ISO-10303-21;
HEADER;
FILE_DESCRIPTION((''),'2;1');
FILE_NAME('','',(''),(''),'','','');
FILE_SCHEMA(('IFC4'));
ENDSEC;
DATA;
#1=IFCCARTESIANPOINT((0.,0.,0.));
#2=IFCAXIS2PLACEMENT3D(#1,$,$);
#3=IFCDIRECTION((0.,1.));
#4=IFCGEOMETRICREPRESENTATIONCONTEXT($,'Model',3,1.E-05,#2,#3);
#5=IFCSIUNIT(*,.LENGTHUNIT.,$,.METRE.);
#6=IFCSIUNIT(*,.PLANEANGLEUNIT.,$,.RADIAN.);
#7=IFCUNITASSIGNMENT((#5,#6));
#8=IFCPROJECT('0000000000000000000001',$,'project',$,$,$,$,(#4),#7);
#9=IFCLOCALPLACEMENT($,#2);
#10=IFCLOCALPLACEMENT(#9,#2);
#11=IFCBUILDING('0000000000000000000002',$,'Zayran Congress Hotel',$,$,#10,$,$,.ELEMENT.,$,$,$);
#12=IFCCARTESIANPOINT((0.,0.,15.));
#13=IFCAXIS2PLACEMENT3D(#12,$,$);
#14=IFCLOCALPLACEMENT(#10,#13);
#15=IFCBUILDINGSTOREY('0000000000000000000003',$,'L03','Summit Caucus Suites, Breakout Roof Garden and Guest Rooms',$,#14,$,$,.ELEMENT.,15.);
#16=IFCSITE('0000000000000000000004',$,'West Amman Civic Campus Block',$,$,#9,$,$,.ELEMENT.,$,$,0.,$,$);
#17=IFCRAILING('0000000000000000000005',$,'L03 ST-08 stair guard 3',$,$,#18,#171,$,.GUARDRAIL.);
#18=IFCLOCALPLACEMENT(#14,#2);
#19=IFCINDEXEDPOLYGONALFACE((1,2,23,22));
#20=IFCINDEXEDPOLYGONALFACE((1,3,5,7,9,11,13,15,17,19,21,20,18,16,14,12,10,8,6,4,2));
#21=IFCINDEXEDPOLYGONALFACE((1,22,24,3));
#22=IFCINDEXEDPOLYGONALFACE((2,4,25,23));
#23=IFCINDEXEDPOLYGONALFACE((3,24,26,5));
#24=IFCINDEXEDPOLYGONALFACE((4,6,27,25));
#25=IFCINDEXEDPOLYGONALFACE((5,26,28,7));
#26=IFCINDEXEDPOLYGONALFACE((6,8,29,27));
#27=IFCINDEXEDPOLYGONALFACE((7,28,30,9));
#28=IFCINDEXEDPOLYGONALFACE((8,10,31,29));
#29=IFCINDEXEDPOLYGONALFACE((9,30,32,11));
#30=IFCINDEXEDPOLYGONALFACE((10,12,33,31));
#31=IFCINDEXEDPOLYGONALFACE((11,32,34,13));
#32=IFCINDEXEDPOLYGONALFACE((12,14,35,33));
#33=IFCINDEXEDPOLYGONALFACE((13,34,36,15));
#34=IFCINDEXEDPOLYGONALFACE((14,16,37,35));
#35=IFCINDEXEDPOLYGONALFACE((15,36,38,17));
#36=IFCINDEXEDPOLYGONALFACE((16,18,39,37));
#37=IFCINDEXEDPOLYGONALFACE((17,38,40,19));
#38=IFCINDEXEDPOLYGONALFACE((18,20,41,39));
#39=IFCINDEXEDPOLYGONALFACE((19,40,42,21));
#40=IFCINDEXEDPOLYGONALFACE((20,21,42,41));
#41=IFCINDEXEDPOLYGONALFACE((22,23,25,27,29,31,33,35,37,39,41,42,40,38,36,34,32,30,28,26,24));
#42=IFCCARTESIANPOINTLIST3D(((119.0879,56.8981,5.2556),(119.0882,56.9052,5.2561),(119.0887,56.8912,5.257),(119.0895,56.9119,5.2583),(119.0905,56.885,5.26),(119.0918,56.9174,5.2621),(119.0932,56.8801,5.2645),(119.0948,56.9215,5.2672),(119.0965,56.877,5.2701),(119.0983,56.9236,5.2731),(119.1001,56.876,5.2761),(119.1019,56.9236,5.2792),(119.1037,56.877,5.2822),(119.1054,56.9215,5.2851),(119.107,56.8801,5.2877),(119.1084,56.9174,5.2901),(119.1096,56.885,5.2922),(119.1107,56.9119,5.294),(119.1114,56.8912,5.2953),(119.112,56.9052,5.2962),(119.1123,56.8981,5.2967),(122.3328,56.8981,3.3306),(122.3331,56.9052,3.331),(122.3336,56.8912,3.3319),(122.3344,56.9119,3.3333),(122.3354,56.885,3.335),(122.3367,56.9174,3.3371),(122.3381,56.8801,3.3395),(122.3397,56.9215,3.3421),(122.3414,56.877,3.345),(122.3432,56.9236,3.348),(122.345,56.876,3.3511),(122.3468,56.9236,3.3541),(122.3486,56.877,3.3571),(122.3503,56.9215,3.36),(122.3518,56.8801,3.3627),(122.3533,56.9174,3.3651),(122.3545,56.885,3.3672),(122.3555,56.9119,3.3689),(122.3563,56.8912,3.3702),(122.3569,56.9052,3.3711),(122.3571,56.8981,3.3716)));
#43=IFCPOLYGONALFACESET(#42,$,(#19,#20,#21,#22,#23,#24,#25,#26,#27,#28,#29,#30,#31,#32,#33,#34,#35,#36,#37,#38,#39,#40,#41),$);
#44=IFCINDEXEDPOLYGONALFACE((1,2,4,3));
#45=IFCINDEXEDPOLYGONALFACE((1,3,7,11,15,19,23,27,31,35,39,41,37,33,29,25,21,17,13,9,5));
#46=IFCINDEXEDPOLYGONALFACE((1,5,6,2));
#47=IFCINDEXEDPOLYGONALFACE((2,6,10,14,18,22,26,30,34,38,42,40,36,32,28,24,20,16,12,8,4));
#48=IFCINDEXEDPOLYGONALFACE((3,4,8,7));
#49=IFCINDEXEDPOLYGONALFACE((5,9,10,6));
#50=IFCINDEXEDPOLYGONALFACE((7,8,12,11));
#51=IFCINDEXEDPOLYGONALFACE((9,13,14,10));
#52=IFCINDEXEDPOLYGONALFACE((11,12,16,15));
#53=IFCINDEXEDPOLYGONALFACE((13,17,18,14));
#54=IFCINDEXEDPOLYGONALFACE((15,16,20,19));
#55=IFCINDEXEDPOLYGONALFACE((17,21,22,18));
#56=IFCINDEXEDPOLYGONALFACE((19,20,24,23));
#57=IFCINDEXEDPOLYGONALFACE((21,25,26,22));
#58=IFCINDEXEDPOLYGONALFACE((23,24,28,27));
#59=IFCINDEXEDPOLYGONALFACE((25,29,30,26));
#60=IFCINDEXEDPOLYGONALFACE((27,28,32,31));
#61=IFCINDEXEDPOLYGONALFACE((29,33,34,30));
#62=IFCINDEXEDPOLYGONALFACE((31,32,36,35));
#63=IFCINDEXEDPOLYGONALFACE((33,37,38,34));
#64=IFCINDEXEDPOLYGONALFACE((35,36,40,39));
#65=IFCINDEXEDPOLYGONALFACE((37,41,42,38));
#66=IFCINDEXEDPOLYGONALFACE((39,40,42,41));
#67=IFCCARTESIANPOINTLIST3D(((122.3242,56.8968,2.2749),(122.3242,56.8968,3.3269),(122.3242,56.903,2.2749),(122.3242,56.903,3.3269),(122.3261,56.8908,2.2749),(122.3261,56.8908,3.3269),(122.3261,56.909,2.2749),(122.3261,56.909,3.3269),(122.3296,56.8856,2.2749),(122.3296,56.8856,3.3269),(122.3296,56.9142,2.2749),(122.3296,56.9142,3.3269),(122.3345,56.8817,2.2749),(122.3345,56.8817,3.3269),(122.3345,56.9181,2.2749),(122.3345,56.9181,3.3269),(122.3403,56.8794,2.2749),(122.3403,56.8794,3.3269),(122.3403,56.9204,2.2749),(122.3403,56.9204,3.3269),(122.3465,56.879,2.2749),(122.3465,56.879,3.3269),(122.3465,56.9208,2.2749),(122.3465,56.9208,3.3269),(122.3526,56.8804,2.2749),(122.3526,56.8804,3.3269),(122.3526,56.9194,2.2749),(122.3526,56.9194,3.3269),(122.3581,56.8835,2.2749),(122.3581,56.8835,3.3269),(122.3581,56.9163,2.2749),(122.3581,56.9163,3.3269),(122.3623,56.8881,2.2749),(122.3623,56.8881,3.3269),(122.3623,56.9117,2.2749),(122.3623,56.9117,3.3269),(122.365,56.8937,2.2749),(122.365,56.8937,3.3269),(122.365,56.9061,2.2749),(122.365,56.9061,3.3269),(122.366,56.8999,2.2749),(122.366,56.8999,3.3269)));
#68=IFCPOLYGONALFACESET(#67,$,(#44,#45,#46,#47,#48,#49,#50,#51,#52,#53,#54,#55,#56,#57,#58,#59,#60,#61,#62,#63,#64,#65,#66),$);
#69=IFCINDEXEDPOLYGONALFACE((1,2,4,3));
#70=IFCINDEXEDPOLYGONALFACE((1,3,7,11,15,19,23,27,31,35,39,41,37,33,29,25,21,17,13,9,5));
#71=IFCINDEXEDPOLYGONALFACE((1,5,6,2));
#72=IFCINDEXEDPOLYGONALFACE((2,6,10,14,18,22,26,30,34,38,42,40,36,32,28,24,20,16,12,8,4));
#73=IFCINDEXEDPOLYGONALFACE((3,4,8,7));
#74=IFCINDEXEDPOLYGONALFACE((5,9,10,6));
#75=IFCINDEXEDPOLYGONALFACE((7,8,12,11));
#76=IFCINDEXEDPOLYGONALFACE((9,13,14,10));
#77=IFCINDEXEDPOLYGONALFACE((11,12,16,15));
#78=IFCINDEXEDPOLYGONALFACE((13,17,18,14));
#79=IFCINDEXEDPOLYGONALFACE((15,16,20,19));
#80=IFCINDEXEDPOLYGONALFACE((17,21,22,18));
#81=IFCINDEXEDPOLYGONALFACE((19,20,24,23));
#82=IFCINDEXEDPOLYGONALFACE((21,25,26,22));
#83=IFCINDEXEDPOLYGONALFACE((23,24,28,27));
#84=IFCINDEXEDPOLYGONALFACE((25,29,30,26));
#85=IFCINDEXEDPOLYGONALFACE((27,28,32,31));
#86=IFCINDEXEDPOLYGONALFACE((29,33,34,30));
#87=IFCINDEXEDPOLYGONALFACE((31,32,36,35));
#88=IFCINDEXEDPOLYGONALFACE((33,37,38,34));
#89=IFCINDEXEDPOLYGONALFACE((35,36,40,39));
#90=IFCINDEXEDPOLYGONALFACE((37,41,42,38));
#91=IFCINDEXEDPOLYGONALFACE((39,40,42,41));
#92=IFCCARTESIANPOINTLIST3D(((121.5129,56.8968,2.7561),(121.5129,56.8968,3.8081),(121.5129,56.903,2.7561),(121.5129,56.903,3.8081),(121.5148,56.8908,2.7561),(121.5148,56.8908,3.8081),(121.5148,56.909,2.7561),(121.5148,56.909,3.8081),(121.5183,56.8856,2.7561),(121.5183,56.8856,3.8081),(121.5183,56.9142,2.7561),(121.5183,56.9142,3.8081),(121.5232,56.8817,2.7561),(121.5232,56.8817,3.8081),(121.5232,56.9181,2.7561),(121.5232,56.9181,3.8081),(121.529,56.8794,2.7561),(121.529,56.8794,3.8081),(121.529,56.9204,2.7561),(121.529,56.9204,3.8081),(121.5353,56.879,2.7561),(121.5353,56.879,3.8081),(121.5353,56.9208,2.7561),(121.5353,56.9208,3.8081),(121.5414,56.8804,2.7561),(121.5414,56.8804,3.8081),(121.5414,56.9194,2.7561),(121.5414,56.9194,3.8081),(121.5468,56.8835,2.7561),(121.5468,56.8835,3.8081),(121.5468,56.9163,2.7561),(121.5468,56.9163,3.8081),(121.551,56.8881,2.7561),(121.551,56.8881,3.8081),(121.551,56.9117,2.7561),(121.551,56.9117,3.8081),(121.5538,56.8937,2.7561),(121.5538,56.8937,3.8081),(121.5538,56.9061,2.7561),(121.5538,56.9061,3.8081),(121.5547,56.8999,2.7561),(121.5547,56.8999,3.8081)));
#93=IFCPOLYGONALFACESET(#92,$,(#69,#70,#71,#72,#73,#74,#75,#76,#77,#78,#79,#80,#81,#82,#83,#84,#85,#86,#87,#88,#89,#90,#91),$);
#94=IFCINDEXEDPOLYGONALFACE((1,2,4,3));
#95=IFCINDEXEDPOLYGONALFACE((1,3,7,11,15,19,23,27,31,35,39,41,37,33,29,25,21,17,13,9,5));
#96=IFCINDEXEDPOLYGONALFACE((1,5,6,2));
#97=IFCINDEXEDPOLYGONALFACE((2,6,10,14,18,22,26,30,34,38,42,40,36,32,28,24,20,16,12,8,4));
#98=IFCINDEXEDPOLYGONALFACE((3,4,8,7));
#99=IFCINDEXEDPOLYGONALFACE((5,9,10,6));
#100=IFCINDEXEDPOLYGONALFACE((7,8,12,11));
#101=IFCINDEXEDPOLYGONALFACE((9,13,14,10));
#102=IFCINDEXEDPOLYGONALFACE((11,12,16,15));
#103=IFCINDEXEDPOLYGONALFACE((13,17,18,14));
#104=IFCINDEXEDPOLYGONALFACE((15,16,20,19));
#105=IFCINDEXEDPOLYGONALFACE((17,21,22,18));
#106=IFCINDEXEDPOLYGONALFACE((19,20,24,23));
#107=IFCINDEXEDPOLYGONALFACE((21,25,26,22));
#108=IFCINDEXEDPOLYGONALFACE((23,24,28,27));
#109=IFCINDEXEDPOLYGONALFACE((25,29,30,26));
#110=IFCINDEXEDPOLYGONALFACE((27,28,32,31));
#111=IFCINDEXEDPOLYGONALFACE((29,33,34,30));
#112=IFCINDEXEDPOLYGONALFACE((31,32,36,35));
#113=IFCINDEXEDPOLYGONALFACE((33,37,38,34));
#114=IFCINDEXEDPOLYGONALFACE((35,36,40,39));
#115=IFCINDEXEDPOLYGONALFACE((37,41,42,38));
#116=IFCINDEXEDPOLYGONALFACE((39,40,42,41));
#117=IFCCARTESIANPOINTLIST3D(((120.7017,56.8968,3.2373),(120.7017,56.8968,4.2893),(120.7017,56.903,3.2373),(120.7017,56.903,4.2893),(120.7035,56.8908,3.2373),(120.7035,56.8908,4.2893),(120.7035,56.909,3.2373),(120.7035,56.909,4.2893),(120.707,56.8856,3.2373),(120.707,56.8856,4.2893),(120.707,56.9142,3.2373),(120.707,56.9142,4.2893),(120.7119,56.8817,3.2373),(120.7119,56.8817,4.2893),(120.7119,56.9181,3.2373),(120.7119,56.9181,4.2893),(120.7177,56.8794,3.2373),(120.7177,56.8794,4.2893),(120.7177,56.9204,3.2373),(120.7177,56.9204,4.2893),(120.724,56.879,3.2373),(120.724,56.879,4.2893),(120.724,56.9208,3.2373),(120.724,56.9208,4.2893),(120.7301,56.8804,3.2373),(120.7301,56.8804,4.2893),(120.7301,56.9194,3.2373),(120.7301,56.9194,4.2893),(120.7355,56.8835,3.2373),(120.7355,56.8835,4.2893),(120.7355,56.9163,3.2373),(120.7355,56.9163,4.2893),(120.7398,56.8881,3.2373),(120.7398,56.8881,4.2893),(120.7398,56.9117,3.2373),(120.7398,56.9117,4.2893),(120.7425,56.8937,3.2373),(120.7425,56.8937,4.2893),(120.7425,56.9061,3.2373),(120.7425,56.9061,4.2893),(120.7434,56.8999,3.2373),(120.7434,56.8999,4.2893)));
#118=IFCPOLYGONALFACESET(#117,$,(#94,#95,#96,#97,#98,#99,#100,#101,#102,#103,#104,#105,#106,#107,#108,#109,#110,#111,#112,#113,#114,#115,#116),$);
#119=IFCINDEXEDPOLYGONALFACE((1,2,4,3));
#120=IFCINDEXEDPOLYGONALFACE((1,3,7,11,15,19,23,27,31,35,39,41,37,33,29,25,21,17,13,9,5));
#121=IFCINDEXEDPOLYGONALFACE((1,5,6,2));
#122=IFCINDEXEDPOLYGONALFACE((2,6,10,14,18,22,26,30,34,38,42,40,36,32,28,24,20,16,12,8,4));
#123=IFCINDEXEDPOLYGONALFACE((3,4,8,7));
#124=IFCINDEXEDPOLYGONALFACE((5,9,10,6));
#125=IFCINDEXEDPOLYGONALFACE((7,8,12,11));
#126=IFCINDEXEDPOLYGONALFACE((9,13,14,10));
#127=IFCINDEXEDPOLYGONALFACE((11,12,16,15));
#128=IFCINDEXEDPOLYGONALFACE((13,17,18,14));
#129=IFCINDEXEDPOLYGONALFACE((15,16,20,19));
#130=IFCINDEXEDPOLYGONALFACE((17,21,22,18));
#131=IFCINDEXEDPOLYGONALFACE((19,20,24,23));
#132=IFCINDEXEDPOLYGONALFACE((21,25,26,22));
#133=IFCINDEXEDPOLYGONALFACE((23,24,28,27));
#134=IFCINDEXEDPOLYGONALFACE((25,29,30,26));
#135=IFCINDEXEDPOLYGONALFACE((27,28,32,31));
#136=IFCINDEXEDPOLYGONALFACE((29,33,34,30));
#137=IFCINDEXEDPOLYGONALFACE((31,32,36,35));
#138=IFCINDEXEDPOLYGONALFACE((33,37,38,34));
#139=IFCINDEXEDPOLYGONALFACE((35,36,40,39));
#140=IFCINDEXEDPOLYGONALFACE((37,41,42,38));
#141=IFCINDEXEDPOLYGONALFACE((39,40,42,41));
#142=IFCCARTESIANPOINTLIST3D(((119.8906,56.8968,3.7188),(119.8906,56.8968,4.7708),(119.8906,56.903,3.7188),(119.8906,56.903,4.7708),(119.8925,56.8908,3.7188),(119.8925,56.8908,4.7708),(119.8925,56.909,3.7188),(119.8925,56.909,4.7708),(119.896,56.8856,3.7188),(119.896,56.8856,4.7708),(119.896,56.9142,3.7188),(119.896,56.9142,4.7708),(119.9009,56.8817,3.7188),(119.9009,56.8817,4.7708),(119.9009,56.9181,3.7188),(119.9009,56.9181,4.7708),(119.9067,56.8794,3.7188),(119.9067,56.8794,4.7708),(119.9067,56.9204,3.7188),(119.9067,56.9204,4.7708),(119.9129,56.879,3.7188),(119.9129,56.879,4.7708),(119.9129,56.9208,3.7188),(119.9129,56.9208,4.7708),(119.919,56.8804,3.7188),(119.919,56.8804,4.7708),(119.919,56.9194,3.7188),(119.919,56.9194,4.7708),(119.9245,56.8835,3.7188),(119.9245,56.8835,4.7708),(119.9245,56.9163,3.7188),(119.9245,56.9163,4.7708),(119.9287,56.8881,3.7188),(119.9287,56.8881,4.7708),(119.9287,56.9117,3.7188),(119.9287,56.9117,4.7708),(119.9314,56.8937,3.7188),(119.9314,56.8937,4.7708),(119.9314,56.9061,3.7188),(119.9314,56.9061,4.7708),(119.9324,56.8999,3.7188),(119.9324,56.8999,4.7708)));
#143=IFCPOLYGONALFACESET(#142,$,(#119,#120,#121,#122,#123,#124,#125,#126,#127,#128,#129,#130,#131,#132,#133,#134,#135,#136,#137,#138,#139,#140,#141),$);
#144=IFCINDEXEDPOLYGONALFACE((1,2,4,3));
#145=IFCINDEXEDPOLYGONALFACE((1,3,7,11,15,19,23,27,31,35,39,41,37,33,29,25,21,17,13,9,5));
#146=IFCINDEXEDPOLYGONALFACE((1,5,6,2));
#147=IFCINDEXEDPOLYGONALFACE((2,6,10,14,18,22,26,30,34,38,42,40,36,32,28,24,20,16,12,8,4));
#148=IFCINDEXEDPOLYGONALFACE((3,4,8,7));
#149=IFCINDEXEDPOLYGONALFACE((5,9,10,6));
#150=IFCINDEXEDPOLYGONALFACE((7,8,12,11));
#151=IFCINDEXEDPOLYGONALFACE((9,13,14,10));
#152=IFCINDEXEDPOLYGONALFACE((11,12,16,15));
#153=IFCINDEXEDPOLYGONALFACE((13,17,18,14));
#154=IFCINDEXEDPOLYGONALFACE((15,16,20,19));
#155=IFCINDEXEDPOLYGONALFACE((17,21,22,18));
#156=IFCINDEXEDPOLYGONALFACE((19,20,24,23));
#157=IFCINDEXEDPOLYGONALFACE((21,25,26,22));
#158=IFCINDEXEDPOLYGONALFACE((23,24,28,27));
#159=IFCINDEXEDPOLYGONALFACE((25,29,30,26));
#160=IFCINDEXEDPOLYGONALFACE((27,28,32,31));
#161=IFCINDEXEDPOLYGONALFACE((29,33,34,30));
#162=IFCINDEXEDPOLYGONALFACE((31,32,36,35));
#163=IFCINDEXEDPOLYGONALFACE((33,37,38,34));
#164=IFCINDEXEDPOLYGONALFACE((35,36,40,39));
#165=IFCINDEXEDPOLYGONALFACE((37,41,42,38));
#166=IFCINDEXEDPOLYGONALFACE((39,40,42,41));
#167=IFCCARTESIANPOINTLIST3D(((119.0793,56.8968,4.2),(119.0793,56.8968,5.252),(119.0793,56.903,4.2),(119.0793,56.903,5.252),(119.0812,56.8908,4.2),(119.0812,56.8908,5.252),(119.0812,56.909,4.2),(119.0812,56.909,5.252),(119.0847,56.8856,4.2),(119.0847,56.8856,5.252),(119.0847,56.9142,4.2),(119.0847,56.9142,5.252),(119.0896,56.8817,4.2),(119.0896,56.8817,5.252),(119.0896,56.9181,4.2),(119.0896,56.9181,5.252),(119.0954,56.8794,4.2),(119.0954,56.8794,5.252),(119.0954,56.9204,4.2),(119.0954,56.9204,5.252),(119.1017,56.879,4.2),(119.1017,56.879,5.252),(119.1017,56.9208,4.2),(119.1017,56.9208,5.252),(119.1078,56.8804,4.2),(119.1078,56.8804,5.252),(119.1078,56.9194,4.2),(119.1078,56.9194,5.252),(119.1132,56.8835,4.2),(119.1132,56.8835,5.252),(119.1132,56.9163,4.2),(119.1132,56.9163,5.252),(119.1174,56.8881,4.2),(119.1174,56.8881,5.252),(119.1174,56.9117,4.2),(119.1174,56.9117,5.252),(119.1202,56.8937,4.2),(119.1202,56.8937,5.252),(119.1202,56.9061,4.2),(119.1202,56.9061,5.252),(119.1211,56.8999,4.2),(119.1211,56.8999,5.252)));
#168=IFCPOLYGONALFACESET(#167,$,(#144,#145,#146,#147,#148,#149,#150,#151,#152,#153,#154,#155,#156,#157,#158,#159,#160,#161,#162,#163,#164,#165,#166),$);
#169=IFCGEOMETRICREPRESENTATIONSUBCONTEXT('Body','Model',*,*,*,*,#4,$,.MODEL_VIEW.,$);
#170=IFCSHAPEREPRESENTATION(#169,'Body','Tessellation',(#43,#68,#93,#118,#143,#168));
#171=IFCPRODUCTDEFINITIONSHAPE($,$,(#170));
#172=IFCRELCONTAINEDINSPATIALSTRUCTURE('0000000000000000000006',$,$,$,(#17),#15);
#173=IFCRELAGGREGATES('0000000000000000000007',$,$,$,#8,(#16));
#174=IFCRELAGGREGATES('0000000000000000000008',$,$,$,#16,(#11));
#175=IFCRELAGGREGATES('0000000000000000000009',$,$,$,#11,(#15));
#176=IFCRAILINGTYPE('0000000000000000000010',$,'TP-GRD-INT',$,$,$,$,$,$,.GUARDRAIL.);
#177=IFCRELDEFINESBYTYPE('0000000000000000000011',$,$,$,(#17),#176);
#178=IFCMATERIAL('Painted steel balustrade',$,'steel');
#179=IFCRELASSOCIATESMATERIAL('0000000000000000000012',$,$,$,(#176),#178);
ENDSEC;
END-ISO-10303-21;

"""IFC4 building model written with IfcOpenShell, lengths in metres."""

from ifc_helpers import new_model, si_unit, direction, frame, origin, origin_2d, place, context, subcontext, project, spatial, circle, extrude, material, type_object, element, save


model = new_model("IFC4")

# Units and contexts
model_context = context("Model", 3, precision=1e-05, world=origin(), true_north=direction((0.0, 1.0)))
body_context = subcontext(model_context, "Body", "Model", "MODEL_VIEW")
ifc_project = project(units=[si_unit("LENGTHUNIT", "METRE"), si_unit("PLANEANGLEUNIT", "RADIAN")], contexts=[model_context])

# Site, building, storey
site_placement = place(None, origin())
site = spatial("IfcSite", under=ifc_project, at=site_placement, Name="West Amman Civic Campus Block", CompositionType="ELEMENT", RefElevation=0.0)
building_placement = place(site_placement, origin())
building = spatial("IfcBuilding", under=site, at=building_placement, Name="Zayran Congress Hotel", CompositionType="ELEMENT")
storey_placement = place(building_placement, frame((0.0, 0.0, 15.0)))
storey = spatial("IfcBuildingStorey", under=building, at=storey_placement, Name="L03", Description="Summit Caucus Suites, Breakout Roof Garden and Guest Rooms", CompositionType="ELEMENT", Elevation=15.0)

# Railing
ifc_material_1 = material(Name="Painted steel balustrade", Category="steel")
railing_type_1 = type_object("IfcRailingType", Name="TP-GRD-INT", PredefinedType="GUARDRAIL", material=ifc_material_1)
railing_1_placement = place(storey_placement, frame((122.345, 56.8999, 2.2749)))
element("IfcRailing", 1, at=railing_1_placement, inside=storey, type_object=railing_type_1, Name="L03 ST-08 stair guard 3", PredefinedType="GUARDRAIL", context=body_context, shape_type="SweptSolid", body=[
    extrude(circle(Radius=0.0239, at=origin_2d()), frame((0.0, 0.0, 1.0762), z_axis=(-0.86004, 0.0, 0.510226), x_axis=(0.0, -1.0, 0.0)), (0.0, 0.0, 1.0), 3.7729),
    extrude(circle(Radius=0.021, at=origin_2d()), origin(), (0.0, 0.0, 1.0), 1.052),
    extrude(circle(Radius=0.021, at=origin_2d()), frame((-0.8113, 0.0, 0.4812)), (0.0, 0.0, 1.0), 1.052),
    extrude(circle(Radius=0.021, at=origin_2d()), frame((-1.6226, 0.0, 0.9624)), (0.0, 0.0, 1.0), 1.052),
    extrude(circle(Radius=0.021, at=origin_2d()), frame((-2.4336, 0.0, 1.4438)), (0.0, 0.0, 1.0), 1.052),
    extrude(circle(Radius=0.021, at=origin_2d()), frame((-3.2449, 0.0, 1.925)), (0.0, 0.0, 1.0), 1.052),
])

save(model, "model.ifc")
